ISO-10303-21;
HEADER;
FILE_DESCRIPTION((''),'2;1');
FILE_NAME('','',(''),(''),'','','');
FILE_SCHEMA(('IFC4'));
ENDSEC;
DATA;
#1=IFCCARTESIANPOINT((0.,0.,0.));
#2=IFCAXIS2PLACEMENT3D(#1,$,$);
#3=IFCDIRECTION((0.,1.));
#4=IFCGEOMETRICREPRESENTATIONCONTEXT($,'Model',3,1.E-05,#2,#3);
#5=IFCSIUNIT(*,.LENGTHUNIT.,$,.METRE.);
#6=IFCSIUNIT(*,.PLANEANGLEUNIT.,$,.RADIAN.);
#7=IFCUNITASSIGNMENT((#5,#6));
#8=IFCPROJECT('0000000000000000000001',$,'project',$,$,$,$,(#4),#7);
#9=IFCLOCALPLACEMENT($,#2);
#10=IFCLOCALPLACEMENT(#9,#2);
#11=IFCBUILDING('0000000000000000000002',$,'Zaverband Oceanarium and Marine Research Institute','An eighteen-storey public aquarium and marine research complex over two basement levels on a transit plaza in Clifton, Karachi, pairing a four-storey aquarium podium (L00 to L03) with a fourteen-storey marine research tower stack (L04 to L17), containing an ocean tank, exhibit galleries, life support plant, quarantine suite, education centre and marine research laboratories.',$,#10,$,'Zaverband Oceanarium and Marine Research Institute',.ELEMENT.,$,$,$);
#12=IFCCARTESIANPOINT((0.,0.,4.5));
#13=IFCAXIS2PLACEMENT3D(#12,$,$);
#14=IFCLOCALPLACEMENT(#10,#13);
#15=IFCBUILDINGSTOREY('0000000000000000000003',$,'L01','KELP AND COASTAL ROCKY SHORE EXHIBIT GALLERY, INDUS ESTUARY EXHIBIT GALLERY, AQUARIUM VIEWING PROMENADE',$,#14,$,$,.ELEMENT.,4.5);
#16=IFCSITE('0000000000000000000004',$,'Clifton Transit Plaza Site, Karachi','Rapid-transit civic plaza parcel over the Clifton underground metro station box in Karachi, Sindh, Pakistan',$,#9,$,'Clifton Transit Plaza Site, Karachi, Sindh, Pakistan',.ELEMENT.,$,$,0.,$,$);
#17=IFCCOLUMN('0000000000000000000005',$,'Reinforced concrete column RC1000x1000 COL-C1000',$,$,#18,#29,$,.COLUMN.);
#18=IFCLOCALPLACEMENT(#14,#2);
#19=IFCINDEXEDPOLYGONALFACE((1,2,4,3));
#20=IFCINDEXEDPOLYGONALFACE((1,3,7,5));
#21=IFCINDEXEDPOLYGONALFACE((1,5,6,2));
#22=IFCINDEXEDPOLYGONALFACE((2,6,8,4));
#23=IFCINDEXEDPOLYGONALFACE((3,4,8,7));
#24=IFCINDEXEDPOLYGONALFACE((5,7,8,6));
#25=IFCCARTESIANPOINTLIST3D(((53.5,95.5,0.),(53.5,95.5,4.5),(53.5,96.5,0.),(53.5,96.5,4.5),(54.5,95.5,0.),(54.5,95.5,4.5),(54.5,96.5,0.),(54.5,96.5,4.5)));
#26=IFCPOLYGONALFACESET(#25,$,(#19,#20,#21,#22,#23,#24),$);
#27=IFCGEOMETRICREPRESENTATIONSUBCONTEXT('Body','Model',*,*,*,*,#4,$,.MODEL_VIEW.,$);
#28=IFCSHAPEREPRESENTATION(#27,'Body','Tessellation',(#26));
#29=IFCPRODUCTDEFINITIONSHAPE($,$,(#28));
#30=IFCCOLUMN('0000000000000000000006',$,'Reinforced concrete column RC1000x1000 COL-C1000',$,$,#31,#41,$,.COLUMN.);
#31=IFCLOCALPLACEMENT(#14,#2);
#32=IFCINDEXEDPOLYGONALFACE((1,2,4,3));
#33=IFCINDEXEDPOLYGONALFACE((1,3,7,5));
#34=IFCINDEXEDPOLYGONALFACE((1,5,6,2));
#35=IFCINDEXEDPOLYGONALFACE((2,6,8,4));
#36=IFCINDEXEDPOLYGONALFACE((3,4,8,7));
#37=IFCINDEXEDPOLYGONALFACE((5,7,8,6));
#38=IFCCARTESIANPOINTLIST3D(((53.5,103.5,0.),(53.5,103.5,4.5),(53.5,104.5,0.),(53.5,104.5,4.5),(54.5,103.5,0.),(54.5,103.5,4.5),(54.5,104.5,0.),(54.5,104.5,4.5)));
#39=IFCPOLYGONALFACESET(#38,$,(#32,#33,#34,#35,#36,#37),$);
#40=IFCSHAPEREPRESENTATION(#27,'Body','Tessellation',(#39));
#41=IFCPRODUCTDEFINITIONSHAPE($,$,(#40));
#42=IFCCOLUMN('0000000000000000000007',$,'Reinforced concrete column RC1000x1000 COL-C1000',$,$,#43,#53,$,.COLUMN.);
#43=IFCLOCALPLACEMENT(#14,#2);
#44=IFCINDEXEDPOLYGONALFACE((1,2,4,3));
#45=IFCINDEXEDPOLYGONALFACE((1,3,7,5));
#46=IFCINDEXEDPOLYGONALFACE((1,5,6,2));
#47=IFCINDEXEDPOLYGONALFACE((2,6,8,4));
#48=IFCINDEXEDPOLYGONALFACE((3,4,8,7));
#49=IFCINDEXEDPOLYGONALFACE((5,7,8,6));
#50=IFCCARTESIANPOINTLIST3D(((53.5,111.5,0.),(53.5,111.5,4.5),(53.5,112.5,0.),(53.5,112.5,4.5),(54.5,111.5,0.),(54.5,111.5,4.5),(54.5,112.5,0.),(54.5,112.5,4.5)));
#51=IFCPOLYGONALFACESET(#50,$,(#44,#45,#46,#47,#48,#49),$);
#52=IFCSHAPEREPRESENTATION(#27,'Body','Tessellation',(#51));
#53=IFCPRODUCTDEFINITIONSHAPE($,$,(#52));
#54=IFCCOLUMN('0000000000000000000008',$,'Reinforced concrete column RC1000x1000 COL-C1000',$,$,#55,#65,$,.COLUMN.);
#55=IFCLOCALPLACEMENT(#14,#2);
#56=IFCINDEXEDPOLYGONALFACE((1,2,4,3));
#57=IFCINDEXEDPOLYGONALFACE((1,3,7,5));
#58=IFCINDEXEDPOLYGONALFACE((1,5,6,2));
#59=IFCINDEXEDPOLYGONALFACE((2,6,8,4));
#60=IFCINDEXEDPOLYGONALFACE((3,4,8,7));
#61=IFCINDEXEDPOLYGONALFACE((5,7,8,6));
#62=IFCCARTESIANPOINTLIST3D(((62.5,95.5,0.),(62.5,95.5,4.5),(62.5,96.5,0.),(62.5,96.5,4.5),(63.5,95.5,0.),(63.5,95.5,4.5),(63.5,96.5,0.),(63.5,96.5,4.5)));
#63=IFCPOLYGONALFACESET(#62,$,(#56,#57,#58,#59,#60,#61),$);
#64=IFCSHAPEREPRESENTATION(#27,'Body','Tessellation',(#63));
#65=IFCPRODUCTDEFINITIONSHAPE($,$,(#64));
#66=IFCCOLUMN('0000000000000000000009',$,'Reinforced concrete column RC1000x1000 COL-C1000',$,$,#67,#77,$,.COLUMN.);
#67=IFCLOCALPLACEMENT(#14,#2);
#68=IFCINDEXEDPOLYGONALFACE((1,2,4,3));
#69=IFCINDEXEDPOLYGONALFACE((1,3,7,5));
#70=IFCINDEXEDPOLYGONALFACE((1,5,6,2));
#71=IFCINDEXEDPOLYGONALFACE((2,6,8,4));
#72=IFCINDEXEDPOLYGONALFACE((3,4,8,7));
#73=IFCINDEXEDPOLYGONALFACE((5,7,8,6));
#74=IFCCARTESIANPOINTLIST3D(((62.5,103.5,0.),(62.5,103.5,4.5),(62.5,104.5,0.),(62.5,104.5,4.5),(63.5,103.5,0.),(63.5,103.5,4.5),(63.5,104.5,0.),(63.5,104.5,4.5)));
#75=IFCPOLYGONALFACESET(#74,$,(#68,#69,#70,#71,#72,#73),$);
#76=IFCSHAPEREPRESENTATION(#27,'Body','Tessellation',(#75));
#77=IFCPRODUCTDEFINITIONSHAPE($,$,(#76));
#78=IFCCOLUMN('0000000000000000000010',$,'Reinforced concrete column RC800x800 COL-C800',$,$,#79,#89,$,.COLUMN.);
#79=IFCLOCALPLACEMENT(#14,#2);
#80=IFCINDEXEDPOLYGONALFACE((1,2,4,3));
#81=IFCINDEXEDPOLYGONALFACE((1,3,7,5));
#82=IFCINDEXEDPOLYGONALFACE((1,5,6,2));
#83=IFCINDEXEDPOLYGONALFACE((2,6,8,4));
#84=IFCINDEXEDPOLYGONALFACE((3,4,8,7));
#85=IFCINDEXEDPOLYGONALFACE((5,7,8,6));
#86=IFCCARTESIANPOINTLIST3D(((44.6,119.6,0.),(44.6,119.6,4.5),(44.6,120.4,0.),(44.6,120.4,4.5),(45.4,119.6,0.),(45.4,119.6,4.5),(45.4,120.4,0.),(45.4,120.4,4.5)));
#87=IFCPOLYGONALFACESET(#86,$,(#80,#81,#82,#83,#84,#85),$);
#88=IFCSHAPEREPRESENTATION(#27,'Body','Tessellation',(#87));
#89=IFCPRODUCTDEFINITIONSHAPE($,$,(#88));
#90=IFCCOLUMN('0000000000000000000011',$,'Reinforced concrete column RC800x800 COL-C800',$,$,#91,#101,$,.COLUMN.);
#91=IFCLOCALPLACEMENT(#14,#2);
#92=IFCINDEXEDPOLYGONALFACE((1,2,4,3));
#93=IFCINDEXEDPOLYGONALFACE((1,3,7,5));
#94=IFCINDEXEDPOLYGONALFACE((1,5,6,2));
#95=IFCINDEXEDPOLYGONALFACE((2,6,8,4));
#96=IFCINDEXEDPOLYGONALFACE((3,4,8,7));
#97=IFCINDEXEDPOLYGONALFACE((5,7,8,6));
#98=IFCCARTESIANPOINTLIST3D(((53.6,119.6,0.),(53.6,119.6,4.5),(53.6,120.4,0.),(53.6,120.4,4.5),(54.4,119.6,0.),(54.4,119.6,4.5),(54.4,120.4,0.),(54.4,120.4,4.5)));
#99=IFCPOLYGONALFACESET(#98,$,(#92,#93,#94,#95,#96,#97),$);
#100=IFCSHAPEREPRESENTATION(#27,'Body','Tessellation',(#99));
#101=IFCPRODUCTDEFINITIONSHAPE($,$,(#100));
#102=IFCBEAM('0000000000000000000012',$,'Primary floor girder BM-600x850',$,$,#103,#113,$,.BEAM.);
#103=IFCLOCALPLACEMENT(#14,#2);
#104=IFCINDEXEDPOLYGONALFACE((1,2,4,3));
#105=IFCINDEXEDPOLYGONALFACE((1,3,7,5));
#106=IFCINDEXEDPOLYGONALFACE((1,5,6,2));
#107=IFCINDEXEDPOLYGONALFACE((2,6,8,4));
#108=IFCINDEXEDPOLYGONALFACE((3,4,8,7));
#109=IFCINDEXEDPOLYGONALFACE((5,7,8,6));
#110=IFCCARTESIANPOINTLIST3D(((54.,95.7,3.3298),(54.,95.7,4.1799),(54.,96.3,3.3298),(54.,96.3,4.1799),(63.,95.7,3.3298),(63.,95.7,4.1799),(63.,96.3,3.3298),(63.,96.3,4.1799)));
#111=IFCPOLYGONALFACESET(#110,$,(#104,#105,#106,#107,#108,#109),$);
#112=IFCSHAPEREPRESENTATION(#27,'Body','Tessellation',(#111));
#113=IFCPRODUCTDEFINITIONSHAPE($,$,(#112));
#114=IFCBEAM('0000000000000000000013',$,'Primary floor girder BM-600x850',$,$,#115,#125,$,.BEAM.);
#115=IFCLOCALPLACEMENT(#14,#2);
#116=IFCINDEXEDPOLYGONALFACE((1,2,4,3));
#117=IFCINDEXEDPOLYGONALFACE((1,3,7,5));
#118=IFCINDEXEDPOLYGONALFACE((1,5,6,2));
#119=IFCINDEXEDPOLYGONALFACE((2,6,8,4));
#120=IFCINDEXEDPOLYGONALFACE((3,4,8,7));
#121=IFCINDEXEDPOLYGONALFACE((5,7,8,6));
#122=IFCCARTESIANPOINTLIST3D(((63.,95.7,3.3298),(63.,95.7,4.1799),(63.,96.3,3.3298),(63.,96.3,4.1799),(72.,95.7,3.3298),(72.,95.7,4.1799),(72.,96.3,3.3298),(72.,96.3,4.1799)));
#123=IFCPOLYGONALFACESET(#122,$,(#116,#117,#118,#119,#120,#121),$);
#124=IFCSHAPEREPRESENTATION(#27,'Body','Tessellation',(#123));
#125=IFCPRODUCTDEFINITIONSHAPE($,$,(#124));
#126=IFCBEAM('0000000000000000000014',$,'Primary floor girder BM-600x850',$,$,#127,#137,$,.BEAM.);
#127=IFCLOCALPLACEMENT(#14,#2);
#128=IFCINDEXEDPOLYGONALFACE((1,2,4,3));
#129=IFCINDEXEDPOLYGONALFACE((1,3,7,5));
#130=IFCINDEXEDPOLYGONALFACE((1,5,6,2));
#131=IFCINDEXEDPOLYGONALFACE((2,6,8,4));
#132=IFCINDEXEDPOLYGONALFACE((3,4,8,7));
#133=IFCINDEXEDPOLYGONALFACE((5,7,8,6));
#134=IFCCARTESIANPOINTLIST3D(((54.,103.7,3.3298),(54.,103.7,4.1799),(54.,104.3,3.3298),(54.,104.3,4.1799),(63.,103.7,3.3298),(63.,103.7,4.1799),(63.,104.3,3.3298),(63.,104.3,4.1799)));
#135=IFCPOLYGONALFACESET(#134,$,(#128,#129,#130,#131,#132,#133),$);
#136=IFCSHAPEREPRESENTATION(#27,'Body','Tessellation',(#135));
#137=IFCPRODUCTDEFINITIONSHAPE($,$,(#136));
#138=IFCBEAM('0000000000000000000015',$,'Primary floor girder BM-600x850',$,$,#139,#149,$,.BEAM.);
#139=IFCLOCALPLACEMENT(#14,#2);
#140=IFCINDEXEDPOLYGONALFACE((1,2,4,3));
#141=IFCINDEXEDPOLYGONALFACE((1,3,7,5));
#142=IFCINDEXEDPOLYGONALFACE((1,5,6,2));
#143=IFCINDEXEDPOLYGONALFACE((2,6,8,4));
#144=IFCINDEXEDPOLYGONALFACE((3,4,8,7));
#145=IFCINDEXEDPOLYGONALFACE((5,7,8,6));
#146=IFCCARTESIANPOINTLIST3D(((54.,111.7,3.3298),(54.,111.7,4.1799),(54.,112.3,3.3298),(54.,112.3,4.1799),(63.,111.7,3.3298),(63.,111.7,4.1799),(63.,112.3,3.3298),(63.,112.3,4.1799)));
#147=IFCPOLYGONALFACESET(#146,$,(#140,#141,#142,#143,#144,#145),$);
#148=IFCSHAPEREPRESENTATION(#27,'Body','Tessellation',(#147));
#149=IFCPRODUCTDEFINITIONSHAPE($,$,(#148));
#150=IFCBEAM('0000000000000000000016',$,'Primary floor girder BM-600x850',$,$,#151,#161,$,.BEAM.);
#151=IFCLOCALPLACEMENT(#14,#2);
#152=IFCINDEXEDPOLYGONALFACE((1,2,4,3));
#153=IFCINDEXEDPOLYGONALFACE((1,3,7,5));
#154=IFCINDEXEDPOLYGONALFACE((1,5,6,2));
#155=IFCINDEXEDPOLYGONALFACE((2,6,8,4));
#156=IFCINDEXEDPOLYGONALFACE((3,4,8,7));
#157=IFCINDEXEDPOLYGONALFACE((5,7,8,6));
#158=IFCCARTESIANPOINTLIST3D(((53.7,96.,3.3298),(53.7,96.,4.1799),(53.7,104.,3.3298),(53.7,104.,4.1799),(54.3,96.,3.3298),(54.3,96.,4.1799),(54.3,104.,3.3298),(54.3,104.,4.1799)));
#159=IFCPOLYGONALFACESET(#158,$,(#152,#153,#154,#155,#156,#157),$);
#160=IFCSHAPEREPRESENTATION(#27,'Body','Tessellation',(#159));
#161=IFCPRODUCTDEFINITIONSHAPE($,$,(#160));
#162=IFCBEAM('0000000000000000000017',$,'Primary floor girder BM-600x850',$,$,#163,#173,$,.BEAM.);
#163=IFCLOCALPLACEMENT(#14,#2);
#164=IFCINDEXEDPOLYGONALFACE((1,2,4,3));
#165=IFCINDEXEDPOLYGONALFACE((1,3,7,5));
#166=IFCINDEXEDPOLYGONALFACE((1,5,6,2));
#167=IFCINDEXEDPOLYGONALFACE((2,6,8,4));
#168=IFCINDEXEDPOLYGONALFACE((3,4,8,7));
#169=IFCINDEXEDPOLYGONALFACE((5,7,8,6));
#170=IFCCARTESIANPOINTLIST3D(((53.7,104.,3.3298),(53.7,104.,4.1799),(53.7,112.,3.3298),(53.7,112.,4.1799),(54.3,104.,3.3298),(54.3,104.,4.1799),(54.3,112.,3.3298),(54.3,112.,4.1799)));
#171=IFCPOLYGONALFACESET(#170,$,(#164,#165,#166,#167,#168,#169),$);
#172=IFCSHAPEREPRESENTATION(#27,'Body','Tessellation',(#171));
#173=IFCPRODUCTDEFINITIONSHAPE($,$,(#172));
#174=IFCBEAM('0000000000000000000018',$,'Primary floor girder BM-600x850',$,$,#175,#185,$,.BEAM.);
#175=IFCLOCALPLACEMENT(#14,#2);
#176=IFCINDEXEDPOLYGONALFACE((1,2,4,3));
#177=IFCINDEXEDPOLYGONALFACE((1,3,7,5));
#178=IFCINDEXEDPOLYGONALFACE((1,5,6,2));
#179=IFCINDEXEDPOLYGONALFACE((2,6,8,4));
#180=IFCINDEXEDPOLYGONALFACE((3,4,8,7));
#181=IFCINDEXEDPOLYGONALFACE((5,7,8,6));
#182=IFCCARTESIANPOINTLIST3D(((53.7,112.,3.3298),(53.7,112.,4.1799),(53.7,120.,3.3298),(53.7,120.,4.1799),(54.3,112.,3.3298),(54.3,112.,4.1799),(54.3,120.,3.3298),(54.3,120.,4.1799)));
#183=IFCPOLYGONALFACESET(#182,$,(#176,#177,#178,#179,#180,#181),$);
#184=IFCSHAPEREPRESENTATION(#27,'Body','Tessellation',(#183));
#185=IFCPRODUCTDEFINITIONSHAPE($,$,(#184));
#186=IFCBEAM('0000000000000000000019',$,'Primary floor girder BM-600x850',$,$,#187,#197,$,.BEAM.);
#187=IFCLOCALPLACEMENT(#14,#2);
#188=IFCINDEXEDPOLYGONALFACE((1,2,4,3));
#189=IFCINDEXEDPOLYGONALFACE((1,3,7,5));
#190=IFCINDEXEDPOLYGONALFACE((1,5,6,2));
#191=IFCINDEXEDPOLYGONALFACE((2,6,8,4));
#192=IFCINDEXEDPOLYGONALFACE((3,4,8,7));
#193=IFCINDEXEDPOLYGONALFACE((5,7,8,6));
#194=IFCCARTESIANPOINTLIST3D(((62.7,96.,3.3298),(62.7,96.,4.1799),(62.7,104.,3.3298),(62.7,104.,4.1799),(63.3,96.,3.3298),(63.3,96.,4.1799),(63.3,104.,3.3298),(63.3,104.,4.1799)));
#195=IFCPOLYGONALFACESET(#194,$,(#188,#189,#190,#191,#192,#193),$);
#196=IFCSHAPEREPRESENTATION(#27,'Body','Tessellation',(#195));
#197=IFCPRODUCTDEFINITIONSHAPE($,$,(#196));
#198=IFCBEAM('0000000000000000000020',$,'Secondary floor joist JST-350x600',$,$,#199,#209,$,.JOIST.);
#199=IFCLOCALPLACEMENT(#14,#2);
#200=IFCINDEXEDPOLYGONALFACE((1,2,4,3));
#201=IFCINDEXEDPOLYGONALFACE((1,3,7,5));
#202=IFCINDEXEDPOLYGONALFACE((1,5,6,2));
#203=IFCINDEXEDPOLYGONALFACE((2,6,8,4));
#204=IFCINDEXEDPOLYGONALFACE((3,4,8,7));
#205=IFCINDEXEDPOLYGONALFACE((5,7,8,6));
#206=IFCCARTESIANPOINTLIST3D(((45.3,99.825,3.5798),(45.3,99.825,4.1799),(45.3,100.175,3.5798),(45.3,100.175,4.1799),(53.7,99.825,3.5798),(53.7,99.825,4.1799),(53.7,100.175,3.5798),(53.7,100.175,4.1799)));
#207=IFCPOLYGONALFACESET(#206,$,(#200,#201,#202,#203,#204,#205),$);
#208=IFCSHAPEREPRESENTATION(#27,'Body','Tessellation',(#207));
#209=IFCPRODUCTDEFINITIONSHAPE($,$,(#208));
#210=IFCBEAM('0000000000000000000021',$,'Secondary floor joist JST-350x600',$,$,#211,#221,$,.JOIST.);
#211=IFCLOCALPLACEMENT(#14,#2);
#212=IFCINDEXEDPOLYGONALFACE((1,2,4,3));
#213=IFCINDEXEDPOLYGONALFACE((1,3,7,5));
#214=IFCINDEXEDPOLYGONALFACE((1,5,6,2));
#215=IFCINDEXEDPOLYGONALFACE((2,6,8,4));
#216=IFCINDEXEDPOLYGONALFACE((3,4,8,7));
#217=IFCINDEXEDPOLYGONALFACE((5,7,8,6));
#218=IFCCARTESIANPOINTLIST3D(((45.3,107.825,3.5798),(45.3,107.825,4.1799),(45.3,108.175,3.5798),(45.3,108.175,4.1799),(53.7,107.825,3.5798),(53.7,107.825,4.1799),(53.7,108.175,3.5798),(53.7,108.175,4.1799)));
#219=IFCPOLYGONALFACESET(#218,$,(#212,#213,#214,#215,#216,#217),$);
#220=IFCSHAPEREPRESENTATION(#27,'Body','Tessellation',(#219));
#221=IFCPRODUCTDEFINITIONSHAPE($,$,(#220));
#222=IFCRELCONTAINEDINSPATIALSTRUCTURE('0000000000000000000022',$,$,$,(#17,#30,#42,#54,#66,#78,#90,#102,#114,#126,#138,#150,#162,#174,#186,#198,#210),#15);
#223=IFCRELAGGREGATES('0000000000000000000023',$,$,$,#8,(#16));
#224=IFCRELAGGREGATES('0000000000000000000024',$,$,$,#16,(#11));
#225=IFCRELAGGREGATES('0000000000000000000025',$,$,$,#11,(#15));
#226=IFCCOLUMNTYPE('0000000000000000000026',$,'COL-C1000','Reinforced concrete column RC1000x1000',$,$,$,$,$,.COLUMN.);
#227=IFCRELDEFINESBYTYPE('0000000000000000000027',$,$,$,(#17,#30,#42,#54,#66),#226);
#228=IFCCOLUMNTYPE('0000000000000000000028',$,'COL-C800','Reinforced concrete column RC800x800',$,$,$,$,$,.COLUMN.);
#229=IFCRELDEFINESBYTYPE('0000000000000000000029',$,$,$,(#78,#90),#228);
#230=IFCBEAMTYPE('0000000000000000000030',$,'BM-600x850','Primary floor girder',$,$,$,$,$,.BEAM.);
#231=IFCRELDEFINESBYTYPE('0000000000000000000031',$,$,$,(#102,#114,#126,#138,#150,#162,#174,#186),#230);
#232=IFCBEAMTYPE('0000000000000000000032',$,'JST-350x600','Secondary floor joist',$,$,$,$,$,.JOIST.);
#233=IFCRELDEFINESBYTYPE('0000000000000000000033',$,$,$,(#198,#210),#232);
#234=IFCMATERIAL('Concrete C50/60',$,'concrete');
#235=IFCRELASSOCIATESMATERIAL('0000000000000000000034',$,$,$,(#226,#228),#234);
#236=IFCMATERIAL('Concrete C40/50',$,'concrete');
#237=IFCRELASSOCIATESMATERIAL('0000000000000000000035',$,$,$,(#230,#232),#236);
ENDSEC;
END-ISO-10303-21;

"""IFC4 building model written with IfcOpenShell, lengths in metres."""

from ifc_helpers import new_model, si_unit, direction, frame, origin, origin_2d, place, context, subcontext, project, spatial, rectangle, extrude, material, material_profile, profile_set, type_object, element, save


model = new_model("IFC4")

# Units and contexts
model_context = context("Model", 3, precision=1e-05, world=origin(), true_north=direction((0.0, 1.0)))
body_context = subcontext(model_context, "Body", "Model", "MODEL_VIEW")
ifc_project = project(units=[si_unit("LENGTHUNIT", "METRE"), si_unit("PLANEANGLEUNIT", "RADIAN")], contexts=[model_context])

# Site, building, storey
site_placement = place(None, origin())
site = spatial("IfcSite", under=ifc_project, at=site_placement, Name="Clifton Transit Plaza Site, Karachi", Description="Rapid-transit civic plaza parcel over the Clifton underground metro station box in Karachi, Sindh, Pakistan", LongName="Clifton Transit Plaza Site, Karachi, Sindh, Pakistan", CompositionType="ELEMENT", RefElevation=0.0)
building_placement = place(site_placement, origin())
building = spatial("IfcBuilding", under=site, at=building_placement, Name="Zaverband Oceanarium and Marine Research Institute", Description="An eighteen-storey public aquarium and marine research complex over two basement levels on a transit plaza in Clifton, Karachi, pairing a four-storey aquarium podium (L00 to L03) with a fourteen-storey marine research tower stack (L04 to L17), containing an ocean tank, exhibit galleries, life support plant, quarantine suite, education centre and marine research laboratories.", LongName="Zaverband Oceanarium and Marine Research Institute", CompositionType="ELEMENT")
storey_placement = place(building_placement, frame((0.0, 0.0, 4.5)))
storey = spatial("IfcBuildingStorey", under=building, at=storey_placement, Name="L01", Description="KELP AND COASTAL ROCKY SHORE EXHIBIT GALLERY, INDUS ESTUARY EXHIBIT GALLERY, AQUARIUM VIEWING PROMENADE", CompositionType="ELEMENT", Elevation=4.5)

# Columns
ifc_material_1 = material(Name="Concrete C50/60", Category="concrete")
ifc_material_profile_1 = material_profile(ifc_material_1, rectangle(XDim=1.0, YDim=1.0, at=origin_2d()), Name="RC1000x1000")
ifc_profile_set_1 = profile_set([ifc_material_profile_1], Name="Concrete C50/60")
column_type_1 = type_object("IfcColumnType", Name="COL-C1000", Description="Reinforced concrete column RC1000x1000", PredefinedType="COLUMN", material=ifc_profile_set_1)
for number, where, z_axis, x_axis, name in (
    (1, (54.0, 96.0, 0.0), (0.0, 0.0, 1.0), (1.0, 0.0, 0.0), "Reinforced concrete column RC1000x1000 COL-C1000"),
    (2, (54.0, 104.0, 0.0), (0.0, 0.0, 1.0), (1.0, 0.0, 0.0), "Reinforced concrete column RC1000x1000 COL-C1000"),
    (3, (54.0, 112.0, 0.0), (0.0, 0.0, 1.0), (1.0, 0.0, 0.0), "Reinforced concrete column RC1000x1000 COL-C1000"),
    (4, (63.0, 96.0, 0.0), (0.0, 0.0, 1.0), (1.0, 0.0, 0.0), "Reinforced concrete column RC1000x1000 COL-C1000"),
    (5, (63.0, 104.0, 0.0), (0.0, 0.0, 1.0), (1.0, 0.0, 0.0), "Reinforced concrete column RC1000x1000 COL-C1000"),
):
    element("IfcColumn", number, at=place(storey_placement, frame(where, z_axis=z_axis, x_axis=x_axis)), inside=storey, type_object=column_type_1, Name=name, PredefinedType="COLUMN", context=body_context, shape_type="SweptSolid", body=[
        extrude(rectangle(XDim=1.0, YDim=1.0, at=origin_2d()), origin(), (0.0, 0.0, 1.0), 4.5),
    ])
ifc_material_profile_2 = material_profile(ifc_material_1, rectangle(XDim=0.8, YDim=0.8, at=origin_2d()), Name="RC800x800")
ifc_profile_set_2 = profile_set([ifc_material_profile_2], Name="Concrete C50/60")
column_type_2 = type_object("IfcColumnType", Name="COL-C800", Description="Reinforced concrete column RC800x800", PredefinedType="COLUMN", material=ifc_profile_set_2)
for number, where, z_axis, x_axis, name in (
    (6, (45.0, 120.0, 0.0), (0.0, 0.0, 1.0), (1.0, 0.0, 0.0), "Reinforced concrete column RC800x800 COL-C800"),
    (7, (54.0, 120.0, 0.0), (0.0, 0.0, 1.0), (1.0, 0.0, 0.0), "Reinforced concrete column RC800x800 COL-C800"),
):
    element("IfcColumn", number, at=place(storey_placement, frame(where, z_axis=z_axis, x_axis=x_axis)), inside=storey, type_object=column_type_2, Name=name, PredefinedType="COLUMN", context=body_context, shape_type="SweptSolid", body=[
        extrude(rectangle(XDim=0.8, YDim=0.8, at=origin_2d()), origin(), (0.0, 0.0, 1.0), 4.5),
    ])

# Beams
ifc_material_2 = material(Name="Concrete C40/50", Category="concrete")
ifc_material_profile_3 = material_profile(ifc_material_2, rectangle(XDim=0.6001, YDim=0.8501, at=origin_2d()), Name="RC600x850")
ifc_profile_set_3 = profile_set([ifc_material_profile_3], Name="Concrete C40/50")
beam_type_1 = type_object("IfcBeamType", Name="BM-600x850", Description="Primary floor girder", PredefinedType="BEAM", material=ifc_profile_set_3)
for number, where, z_axis, x_axis, name in (
    (8, (54.0, 96.0, 3.7549), (1.0, 0.0, 0.0), (0.0, 1.0, 0.0), "Primary floor girder BM-600x850"),
    (9, (63.0, 96.0, 3.7549), (1.0, 0.0, 0.0), (0.0, 1.0, 0.0), "Primary floor girder BM-600x850"),
    (10, (54.0, 104.0, 3.7549), (1.0, 0.0, 0.0), (0.0, 1.0, 0.0), "Primary floor girder BM-600x850"),
    (11, (54.0, 112.0, 3.7549), (1.0, 0.0, 0.0), (0.0, 1.0, 0.0), "Primary floor girder BM-600x850"),
):
    element("IfcBeam", number, at=place(storey_placement, frame(where, z_axis=z_axis, x_axis=x_axis)), inside=storey, type_object=beam_type_1, Name=name, PredefinedType="BEAM", context=body_context, shape_type="SweptSolid", body=[
        extrude(rectangle(XDim=0.6001, YDim=0.8501, at=origin_2d()), origin(), (0.0, 0.0, 1.0), 9.0),
    ])
for number, where, z_axis, x_axis, name in (
    (12, (54.0, 96.0, 3.7549), (0.0, 1.0, 0.0), (-1.0, 0.0, 0.0), "Primary floor girder BM-600x850"),
    (13, (54.0, 104.0, 3.7549), (0.0, 1.0, 0.0), (-1.0, 0.0, 0.0), "Primary floor girder BM-600x850"),
    (14, (54.0, 112.0, 3.7549), (0.0, 1.0, 0.0), (-1.0, 0.0, 0.0), "Primary floor girder BM-600x850"),
    (15, (63.0, 96.0, 3.7549), (0.0, 1.0, 0.0), (-1.0, 0.0, 0.0), "Primary floor girder BM-600x850"),
):
    element("IfcBeam", number, at=place(storey_placement, frame(where, z_axis=z_axis, x_axis=x_axis)), inside=storey, type_object=beam_type_1, Name=name, PredefinedType="BEAM", context=body_context, shape_type="SweptSolid", body=[
        extrude(rectangle(XDim=0.6001, YDim=0.8501, at=origin_2d()), origin(), (0.0, 0.0, 1.0), 8.0),
    ])
ifc_material_profile_4 = material_profile(ifc_material_2, rectangle(XDim=0.3501, YDim=0.6001, at=origin_2d()), Name="RC350x600")
ifc_profile_set_4 = profile_set([ifc_material_profile_4], Name="Concrete C40/50")
beam_type_2 = type_object("IfcBeamType", Name="JST-350x600", Description="Secondary floor joist", PredefinedType="JOIST", material=ifc_profile_set_4)
for number, where, z_axis, x_axis, name in (
    (16, (45.3, 100.0, 3.8799), (1.0, 0.0, 0.0), (0.0, 1.0, 0.0), "Secondary floor joist JST-350x600"),
    (17, (45.3, 108.0, 3.8799), (1.0, 0.0, 0.0), (0.0, 1.0, 0.0), "Secondary floor joist JST-350x600"),
):
    element("IfcBeam", number, at=place(storey_placement, frame(where, z_axis=z_axis, x_axis=x_axis)), inside=storey, type_object=beam_type_2, Name=name, PredefinedType="JOIST", context=body_context, shape_type="SweptSolid", body=[
        extrude(rectangle(XDim=0.3501, YDim=0.6001, at=origin_2d()), origin(), (0.0, 0.0, 1.0), 8.3999),
    ])

save(model, "model.ifc")
